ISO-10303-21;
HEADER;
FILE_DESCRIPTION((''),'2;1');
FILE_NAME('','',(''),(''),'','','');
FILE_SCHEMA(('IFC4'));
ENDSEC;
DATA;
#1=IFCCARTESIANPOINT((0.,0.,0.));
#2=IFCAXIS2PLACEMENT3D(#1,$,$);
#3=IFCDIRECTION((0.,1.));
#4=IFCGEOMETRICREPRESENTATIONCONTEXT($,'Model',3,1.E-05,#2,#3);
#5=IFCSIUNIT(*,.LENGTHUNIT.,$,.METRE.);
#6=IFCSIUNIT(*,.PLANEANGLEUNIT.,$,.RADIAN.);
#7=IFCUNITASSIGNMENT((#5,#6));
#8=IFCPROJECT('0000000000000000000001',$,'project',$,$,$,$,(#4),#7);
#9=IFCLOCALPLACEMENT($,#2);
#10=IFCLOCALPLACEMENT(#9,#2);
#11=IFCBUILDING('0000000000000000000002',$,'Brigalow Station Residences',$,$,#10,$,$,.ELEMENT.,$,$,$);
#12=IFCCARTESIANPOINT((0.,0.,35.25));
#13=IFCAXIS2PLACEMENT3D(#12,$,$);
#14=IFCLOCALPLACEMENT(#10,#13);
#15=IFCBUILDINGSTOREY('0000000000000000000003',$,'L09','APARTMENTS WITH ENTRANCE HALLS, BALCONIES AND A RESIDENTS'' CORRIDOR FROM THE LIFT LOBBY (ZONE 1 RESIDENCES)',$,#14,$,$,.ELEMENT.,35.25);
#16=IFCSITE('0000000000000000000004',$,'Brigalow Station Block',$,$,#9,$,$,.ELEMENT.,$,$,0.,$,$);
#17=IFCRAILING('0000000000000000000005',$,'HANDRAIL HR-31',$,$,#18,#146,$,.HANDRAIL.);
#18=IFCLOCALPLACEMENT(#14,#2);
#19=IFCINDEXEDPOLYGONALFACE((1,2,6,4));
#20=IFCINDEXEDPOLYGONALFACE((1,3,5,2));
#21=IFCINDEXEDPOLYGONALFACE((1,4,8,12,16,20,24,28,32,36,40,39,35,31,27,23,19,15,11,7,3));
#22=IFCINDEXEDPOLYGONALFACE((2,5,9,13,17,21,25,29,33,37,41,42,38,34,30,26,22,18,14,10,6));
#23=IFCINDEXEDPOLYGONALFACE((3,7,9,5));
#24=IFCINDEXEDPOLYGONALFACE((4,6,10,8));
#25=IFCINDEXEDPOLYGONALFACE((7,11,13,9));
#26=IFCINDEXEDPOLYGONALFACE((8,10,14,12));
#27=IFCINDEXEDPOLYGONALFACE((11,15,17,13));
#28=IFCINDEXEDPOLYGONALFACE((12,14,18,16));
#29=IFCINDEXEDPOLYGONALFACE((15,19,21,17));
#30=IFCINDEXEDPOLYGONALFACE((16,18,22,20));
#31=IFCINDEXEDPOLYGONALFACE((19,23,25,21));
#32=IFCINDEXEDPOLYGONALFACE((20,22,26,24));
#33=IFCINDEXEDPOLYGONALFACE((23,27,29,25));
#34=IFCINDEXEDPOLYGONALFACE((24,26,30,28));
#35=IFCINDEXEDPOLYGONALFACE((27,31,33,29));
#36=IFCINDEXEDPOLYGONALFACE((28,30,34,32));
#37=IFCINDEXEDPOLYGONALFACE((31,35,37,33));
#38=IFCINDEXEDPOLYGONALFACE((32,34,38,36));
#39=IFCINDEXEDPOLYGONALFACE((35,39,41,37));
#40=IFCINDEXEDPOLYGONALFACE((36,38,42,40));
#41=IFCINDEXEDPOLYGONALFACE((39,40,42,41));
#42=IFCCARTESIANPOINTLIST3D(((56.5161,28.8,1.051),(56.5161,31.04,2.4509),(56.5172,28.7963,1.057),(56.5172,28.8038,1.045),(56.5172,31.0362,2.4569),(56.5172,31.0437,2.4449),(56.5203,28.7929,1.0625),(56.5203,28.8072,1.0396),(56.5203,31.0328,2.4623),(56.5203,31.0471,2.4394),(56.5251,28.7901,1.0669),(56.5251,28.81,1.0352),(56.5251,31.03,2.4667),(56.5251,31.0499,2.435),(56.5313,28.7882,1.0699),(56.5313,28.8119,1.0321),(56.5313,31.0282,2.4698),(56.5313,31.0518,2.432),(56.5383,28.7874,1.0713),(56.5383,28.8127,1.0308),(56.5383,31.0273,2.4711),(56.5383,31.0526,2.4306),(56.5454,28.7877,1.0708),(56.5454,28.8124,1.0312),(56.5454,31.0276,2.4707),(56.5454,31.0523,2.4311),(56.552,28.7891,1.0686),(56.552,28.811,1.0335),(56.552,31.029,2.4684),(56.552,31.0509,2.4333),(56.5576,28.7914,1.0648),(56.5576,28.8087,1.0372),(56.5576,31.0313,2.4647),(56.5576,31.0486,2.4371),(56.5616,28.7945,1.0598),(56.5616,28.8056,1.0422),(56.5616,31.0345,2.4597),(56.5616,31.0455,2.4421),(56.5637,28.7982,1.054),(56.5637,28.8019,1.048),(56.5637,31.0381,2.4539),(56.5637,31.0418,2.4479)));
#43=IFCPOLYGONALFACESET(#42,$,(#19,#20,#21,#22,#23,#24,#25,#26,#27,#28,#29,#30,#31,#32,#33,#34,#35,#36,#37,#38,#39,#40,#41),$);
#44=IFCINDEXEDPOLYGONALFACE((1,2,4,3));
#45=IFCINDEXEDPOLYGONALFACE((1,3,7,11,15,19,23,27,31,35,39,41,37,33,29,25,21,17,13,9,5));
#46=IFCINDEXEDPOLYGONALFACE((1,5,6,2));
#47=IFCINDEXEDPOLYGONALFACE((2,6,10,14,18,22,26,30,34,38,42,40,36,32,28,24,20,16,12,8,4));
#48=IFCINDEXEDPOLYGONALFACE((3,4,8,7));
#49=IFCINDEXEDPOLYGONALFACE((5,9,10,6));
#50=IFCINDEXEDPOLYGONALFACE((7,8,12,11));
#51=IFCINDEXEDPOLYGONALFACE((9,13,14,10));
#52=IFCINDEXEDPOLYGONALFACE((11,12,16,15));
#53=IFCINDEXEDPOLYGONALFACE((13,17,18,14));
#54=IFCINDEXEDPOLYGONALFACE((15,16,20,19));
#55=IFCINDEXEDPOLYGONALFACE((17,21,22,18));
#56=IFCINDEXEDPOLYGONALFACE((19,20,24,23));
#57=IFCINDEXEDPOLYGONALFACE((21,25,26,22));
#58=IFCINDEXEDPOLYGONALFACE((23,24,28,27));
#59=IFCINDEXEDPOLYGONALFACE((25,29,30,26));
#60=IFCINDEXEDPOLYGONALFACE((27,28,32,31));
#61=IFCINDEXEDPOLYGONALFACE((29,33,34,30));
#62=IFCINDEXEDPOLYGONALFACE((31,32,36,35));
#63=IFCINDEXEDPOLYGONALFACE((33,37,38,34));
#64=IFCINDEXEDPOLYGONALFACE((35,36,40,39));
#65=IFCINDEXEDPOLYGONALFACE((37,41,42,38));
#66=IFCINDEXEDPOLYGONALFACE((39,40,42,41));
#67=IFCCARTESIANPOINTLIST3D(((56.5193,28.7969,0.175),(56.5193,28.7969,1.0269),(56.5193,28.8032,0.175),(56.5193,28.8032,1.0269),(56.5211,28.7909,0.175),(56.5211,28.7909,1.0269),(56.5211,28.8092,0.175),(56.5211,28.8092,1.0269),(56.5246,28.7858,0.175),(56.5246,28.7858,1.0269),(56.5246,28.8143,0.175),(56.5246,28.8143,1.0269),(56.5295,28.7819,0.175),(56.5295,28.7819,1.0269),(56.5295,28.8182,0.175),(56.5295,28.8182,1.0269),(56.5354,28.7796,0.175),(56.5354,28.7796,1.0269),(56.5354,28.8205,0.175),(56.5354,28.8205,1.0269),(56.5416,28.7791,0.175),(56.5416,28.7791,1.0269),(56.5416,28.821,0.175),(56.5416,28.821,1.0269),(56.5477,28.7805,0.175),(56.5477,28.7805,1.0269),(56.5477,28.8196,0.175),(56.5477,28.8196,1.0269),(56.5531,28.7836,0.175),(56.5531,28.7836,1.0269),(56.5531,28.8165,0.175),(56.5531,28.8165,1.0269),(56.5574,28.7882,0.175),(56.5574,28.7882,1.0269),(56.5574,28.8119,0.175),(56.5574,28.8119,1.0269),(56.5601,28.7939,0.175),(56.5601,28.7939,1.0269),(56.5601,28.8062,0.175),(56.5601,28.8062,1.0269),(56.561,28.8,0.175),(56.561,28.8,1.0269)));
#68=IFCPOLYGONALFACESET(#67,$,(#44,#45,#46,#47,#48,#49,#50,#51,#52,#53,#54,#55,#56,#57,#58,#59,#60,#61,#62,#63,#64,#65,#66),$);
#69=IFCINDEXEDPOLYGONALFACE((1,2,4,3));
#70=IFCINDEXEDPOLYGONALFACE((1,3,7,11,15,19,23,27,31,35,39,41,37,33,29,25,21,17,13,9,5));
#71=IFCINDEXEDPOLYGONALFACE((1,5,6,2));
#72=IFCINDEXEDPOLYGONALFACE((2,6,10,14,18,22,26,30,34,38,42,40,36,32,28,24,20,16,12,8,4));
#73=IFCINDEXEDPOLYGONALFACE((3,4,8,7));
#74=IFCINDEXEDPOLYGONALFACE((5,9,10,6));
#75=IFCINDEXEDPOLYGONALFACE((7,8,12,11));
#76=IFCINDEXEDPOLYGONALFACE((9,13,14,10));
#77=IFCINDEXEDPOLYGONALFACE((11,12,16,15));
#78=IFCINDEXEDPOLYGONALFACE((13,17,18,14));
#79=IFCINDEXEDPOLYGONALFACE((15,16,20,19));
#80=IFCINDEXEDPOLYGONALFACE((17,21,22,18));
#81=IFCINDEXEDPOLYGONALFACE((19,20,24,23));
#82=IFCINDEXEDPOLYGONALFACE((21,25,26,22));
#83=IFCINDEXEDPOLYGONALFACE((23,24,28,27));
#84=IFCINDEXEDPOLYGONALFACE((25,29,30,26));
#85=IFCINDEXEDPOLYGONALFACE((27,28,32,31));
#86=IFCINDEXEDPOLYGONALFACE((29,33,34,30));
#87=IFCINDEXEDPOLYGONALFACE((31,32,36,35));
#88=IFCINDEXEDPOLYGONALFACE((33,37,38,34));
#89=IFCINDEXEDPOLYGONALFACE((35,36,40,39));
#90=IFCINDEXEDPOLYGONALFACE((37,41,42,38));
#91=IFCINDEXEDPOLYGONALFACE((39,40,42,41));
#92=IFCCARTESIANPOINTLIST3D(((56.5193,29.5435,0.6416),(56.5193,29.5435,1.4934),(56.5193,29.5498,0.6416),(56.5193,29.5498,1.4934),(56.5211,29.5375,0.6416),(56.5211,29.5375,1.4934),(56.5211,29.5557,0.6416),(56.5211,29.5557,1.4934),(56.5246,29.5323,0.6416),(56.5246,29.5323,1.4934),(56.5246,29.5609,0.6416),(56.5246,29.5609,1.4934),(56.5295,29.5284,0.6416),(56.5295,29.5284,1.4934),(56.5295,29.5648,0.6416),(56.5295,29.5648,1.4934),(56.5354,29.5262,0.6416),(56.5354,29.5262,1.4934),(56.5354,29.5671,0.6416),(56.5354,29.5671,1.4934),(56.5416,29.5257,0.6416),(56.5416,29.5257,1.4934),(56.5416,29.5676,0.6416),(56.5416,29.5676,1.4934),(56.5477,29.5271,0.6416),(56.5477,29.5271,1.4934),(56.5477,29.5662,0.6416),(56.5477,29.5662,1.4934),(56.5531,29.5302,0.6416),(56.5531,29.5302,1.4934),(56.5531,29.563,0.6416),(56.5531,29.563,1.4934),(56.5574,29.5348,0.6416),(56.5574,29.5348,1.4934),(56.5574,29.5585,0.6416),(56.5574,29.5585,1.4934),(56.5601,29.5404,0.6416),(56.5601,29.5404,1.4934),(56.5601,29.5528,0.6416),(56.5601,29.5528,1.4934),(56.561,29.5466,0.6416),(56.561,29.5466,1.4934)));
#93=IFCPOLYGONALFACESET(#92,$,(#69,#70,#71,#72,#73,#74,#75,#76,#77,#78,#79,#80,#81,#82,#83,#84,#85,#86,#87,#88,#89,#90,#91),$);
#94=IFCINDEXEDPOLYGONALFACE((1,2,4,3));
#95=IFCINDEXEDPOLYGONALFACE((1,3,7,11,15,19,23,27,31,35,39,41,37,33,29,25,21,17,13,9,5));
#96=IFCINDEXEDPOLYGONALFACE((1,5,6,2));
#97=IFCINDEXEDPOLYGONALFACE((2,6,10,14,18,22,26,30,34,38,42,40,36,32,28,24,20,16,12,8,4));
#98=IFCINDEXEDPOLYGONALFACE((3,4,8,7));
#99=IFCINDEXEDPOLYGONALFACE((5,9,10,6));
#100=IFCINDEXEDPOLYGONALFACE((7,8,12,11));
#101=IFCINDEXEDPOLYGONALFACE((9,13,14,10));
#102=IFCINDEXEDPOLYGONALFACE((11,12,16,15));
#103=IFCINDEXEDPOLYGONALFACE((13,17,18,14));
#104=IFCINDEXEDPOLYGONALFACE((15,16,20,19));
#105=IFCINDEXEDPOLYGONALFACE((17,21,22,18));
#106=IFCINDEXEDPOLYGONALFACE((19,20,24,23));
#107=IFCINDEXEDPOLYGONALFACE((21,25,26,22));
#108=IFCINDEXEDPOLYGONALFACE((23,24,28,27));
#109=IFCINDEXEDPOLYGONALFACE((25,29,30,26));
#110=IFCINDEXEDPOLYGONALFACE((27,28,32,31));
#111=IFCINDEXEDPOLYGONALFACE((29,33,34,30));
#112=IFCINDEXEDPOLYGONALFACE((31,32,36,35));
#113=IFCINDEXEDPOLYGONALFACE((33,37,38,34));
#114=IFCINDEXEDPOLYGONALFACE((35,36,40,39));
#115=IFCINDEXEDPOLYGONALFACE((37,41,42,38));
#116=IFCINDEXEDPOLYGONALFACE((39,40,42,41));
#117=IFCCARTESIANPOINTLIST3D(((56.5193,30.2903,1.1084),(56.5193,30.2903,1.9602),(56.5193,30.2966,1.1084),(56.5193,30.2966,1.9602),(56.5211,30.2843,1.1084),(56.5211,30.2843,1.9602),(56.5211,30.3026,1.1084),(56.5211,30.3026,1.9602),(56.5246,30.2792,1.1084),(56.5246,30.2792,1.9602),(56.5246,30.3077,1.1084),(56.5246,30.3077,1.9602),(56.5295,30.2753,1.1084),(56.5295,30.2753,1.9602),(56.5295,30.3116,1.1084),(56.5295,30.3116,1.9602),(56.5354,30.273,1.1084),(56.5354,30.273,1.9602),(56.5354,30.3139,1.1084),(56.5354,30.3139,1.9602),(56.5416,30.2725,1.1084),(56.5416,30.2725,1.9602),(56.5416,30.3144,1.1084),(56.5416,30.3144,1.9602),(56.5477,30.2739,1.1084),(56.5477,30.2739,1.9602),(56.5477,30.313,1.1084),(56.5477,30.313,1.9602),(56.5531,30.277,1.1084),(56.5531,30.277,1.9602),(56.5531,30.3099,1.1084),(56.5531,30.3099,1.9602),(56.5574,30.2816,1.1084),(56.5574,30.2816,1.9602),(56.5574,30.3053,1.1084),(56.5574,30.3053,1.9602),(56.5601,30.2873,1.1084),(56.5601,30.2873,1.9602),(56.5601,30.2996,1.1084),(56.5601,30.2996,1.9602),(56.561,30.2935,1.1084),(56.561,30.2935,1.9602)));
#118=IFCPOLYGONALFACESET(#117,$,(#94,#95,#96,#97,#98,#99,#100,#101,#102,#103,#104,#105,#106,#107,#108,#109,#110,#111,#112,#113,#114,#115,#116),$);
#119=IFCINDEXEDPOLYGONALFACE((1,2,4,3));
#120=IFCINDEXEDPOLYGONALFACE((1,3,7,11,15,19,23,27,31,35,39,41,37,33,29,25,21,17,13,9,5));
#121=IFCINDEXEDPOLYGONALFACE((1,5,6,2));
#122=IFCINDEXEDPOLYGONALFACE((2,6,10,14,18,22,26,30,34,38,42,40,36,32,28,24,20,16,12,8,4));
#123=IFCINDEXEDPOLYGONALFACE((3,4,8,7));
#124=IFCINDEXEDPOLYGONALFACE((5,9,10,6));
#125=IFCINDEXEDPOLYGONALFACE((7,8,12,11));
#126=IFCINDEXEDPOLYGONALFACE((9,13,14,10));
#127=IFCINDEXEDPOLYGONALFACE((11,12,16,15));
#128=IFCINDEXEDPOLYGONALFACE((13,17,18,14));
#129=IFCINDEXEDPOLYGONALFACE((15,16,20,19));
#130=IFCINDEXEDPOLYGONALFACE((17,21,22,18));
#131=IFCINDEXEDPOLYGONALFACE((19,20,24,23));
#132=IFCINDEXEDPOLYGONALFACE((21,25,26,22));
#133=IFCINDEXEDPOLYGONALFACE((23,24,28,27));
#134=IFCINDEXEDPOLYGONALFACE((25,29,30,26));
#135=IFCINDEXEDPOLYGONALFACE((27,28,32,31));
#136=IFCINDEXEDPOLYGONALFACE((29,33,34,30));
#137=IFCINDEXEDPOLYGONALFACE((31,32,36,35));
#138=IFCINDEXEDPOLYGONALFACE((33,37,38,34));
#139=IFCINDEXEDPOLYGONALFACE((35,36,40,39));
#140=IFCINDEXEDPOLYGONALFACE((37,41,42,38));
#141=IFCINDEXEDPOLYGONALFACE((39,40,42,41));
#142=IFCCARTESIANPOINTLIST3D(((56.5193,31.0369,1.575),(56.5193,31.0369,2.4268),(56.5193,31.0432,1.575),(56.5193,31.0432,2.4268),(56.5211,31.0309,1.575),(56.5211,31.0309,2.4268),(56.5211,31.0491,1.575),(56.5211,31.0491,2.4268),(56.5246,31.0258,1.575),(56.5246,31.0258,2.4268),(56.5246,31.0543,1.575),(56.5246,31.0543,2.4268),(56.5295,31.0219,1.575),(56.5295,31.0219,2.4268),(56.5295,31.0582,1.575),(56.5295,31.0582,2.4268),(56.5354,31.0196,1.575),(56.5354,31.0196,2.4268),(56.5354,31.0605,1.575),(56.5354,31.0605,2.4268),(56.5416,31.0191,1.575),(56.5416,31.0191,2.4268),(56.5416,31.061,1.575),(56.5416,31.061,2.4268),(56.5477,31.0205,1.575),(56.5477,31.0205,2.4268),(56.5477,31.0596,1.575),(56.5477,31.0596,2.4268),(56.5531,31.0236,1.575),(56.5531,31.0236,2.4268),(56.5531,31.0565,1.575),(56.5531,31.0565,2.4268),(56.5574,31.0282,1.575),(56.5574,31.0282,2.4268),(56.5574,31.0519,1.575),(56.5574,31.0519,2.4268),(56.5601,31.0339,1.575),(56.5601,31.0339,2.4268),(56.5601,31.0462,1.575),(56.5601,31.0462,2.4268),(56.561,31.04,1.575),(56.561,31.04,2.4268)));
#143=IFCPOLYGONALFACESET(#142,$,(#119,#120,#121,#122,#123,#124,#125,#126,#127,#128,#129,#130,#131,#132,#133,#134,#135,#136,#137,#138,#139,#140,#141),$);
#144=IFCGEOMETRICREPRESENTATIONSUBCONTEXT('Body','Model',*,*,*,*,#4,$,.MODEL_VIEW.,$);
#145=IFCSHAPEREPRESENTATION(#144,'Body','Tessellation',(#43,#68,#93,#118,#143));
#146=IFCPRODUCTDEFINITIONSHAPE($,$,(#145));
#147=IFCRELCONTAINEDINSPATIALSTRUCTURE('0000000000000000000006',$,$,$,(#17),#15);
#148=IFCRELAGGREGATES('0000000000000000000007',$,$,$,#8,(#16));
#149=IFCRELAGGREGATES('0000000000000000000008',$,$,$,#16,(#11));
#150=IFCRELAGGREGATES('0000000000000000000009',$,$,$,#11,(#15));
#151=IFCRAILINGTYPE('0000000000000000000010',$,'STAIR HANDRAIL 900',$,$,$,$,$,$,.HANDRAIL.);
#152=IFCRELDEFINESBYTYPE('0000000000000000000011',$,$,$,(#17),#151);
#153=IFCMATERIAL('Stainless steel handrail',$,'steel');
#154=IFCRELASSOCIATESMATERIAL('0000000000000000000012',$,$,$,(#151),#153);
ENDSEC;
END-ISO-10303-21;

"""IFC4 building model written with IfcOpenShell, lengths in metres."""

from ifc_helpers import new_model, si_unit, direction, frame, origin, origin_2d, place, context, subcontext, project, spatial, circle, extrude, material, type_object, element, save


model = new_model("IFC4")

# Units and contexts
model_context = context("Model", 3, precision=1e-05, world=origin(), true_north=direction((0.0, 1.0)))
body_context = subcontext(model_context, "Body", "Model", "MODEL_VIEW")
ifc_project = project(units=[si_unit("LENGTHUNIT", "METRE"), si_unit("PLANEANGLEUNIT", "RADIAN")], contexts=[model_context])

# Site, building, storey
site_placement = place(None, origin())
site = spatial("IfcSite", under=ifc_project, at=site_placement, Name="Brigalow Station Block", CompositionType="ELEMENT", RefElevation=0.0)
building_placement = place(site_placement, origin())
building = spatial("IfcBuilding", under=site, at=building_placement, Name="Brigalow Station Residences", CompositionType="ELEMENT")
storey_placement = place(building_placement, frame((0.0, 0.0, 35.25)))
storey = spatial("IfcBuildingStorey", under=building, at=storey_placement, Name="L09", Description="APARTMENTS WITH ENTRANCE HALLS, BALCONIES AND A RESIDENTS' CORRIDOR FROM THE LIFT LOBBY (ZONE 1 RESIDENCES)", CompositionType="ELEMENT", Elevation=35.25)

# Railing
ifc_material_1 = material(Name="Stainless steel handrail", Category="steel")
railing_type = type_object("IfcRailingType", Name="STAIR HANDRAIL 900", PredefinedType="HANDRAIL", material=ifc_material_1)
railing_placement = place(storey_placement, frame((56.54, 28.8, 0.175)))
element("IfcRailing", 1, at=railing_placement, inside=storey, type_object=railing_type, Name="HANDRAIL HR-31", PredefinedType="HANDRAIL", context=body_context, shape_type="SweptSolid", body=[
    extrude(circle(Radius=0.0239, at=origin_2d()), frame((0.0, 0.0, 0.876), z_axis=(0.0, 0.848014, 0.529974), x_axis=(-1.0, 0.0, 0.0)), (0.0, 0.0, 1.0), 2.6414),
    extrude(circle(Radius=0.021, at=origin_2d()), origin(), (0.0, 0.0, 1.0), 0.8518),
    extrude(circle(Radius=0.021, at=origin_2d()), frame((0.0, 0.7466, 0.4666)), (0.0, 0.0, 1.0), 0.8518),
    extrude(circle(Radius=0.021, at=origin_2d()), frame((0.0, 1.4934, 0.9333)), (0.0, 0.0, 1.0), 0.8518),
    extrude(circle(Radius=0.021, at=origin_2d()), frame((0.0, 2.24, 1.3999)), (0.0, 0.0, 1.0), 0.8518),
])

save(model, "model.ifc")
